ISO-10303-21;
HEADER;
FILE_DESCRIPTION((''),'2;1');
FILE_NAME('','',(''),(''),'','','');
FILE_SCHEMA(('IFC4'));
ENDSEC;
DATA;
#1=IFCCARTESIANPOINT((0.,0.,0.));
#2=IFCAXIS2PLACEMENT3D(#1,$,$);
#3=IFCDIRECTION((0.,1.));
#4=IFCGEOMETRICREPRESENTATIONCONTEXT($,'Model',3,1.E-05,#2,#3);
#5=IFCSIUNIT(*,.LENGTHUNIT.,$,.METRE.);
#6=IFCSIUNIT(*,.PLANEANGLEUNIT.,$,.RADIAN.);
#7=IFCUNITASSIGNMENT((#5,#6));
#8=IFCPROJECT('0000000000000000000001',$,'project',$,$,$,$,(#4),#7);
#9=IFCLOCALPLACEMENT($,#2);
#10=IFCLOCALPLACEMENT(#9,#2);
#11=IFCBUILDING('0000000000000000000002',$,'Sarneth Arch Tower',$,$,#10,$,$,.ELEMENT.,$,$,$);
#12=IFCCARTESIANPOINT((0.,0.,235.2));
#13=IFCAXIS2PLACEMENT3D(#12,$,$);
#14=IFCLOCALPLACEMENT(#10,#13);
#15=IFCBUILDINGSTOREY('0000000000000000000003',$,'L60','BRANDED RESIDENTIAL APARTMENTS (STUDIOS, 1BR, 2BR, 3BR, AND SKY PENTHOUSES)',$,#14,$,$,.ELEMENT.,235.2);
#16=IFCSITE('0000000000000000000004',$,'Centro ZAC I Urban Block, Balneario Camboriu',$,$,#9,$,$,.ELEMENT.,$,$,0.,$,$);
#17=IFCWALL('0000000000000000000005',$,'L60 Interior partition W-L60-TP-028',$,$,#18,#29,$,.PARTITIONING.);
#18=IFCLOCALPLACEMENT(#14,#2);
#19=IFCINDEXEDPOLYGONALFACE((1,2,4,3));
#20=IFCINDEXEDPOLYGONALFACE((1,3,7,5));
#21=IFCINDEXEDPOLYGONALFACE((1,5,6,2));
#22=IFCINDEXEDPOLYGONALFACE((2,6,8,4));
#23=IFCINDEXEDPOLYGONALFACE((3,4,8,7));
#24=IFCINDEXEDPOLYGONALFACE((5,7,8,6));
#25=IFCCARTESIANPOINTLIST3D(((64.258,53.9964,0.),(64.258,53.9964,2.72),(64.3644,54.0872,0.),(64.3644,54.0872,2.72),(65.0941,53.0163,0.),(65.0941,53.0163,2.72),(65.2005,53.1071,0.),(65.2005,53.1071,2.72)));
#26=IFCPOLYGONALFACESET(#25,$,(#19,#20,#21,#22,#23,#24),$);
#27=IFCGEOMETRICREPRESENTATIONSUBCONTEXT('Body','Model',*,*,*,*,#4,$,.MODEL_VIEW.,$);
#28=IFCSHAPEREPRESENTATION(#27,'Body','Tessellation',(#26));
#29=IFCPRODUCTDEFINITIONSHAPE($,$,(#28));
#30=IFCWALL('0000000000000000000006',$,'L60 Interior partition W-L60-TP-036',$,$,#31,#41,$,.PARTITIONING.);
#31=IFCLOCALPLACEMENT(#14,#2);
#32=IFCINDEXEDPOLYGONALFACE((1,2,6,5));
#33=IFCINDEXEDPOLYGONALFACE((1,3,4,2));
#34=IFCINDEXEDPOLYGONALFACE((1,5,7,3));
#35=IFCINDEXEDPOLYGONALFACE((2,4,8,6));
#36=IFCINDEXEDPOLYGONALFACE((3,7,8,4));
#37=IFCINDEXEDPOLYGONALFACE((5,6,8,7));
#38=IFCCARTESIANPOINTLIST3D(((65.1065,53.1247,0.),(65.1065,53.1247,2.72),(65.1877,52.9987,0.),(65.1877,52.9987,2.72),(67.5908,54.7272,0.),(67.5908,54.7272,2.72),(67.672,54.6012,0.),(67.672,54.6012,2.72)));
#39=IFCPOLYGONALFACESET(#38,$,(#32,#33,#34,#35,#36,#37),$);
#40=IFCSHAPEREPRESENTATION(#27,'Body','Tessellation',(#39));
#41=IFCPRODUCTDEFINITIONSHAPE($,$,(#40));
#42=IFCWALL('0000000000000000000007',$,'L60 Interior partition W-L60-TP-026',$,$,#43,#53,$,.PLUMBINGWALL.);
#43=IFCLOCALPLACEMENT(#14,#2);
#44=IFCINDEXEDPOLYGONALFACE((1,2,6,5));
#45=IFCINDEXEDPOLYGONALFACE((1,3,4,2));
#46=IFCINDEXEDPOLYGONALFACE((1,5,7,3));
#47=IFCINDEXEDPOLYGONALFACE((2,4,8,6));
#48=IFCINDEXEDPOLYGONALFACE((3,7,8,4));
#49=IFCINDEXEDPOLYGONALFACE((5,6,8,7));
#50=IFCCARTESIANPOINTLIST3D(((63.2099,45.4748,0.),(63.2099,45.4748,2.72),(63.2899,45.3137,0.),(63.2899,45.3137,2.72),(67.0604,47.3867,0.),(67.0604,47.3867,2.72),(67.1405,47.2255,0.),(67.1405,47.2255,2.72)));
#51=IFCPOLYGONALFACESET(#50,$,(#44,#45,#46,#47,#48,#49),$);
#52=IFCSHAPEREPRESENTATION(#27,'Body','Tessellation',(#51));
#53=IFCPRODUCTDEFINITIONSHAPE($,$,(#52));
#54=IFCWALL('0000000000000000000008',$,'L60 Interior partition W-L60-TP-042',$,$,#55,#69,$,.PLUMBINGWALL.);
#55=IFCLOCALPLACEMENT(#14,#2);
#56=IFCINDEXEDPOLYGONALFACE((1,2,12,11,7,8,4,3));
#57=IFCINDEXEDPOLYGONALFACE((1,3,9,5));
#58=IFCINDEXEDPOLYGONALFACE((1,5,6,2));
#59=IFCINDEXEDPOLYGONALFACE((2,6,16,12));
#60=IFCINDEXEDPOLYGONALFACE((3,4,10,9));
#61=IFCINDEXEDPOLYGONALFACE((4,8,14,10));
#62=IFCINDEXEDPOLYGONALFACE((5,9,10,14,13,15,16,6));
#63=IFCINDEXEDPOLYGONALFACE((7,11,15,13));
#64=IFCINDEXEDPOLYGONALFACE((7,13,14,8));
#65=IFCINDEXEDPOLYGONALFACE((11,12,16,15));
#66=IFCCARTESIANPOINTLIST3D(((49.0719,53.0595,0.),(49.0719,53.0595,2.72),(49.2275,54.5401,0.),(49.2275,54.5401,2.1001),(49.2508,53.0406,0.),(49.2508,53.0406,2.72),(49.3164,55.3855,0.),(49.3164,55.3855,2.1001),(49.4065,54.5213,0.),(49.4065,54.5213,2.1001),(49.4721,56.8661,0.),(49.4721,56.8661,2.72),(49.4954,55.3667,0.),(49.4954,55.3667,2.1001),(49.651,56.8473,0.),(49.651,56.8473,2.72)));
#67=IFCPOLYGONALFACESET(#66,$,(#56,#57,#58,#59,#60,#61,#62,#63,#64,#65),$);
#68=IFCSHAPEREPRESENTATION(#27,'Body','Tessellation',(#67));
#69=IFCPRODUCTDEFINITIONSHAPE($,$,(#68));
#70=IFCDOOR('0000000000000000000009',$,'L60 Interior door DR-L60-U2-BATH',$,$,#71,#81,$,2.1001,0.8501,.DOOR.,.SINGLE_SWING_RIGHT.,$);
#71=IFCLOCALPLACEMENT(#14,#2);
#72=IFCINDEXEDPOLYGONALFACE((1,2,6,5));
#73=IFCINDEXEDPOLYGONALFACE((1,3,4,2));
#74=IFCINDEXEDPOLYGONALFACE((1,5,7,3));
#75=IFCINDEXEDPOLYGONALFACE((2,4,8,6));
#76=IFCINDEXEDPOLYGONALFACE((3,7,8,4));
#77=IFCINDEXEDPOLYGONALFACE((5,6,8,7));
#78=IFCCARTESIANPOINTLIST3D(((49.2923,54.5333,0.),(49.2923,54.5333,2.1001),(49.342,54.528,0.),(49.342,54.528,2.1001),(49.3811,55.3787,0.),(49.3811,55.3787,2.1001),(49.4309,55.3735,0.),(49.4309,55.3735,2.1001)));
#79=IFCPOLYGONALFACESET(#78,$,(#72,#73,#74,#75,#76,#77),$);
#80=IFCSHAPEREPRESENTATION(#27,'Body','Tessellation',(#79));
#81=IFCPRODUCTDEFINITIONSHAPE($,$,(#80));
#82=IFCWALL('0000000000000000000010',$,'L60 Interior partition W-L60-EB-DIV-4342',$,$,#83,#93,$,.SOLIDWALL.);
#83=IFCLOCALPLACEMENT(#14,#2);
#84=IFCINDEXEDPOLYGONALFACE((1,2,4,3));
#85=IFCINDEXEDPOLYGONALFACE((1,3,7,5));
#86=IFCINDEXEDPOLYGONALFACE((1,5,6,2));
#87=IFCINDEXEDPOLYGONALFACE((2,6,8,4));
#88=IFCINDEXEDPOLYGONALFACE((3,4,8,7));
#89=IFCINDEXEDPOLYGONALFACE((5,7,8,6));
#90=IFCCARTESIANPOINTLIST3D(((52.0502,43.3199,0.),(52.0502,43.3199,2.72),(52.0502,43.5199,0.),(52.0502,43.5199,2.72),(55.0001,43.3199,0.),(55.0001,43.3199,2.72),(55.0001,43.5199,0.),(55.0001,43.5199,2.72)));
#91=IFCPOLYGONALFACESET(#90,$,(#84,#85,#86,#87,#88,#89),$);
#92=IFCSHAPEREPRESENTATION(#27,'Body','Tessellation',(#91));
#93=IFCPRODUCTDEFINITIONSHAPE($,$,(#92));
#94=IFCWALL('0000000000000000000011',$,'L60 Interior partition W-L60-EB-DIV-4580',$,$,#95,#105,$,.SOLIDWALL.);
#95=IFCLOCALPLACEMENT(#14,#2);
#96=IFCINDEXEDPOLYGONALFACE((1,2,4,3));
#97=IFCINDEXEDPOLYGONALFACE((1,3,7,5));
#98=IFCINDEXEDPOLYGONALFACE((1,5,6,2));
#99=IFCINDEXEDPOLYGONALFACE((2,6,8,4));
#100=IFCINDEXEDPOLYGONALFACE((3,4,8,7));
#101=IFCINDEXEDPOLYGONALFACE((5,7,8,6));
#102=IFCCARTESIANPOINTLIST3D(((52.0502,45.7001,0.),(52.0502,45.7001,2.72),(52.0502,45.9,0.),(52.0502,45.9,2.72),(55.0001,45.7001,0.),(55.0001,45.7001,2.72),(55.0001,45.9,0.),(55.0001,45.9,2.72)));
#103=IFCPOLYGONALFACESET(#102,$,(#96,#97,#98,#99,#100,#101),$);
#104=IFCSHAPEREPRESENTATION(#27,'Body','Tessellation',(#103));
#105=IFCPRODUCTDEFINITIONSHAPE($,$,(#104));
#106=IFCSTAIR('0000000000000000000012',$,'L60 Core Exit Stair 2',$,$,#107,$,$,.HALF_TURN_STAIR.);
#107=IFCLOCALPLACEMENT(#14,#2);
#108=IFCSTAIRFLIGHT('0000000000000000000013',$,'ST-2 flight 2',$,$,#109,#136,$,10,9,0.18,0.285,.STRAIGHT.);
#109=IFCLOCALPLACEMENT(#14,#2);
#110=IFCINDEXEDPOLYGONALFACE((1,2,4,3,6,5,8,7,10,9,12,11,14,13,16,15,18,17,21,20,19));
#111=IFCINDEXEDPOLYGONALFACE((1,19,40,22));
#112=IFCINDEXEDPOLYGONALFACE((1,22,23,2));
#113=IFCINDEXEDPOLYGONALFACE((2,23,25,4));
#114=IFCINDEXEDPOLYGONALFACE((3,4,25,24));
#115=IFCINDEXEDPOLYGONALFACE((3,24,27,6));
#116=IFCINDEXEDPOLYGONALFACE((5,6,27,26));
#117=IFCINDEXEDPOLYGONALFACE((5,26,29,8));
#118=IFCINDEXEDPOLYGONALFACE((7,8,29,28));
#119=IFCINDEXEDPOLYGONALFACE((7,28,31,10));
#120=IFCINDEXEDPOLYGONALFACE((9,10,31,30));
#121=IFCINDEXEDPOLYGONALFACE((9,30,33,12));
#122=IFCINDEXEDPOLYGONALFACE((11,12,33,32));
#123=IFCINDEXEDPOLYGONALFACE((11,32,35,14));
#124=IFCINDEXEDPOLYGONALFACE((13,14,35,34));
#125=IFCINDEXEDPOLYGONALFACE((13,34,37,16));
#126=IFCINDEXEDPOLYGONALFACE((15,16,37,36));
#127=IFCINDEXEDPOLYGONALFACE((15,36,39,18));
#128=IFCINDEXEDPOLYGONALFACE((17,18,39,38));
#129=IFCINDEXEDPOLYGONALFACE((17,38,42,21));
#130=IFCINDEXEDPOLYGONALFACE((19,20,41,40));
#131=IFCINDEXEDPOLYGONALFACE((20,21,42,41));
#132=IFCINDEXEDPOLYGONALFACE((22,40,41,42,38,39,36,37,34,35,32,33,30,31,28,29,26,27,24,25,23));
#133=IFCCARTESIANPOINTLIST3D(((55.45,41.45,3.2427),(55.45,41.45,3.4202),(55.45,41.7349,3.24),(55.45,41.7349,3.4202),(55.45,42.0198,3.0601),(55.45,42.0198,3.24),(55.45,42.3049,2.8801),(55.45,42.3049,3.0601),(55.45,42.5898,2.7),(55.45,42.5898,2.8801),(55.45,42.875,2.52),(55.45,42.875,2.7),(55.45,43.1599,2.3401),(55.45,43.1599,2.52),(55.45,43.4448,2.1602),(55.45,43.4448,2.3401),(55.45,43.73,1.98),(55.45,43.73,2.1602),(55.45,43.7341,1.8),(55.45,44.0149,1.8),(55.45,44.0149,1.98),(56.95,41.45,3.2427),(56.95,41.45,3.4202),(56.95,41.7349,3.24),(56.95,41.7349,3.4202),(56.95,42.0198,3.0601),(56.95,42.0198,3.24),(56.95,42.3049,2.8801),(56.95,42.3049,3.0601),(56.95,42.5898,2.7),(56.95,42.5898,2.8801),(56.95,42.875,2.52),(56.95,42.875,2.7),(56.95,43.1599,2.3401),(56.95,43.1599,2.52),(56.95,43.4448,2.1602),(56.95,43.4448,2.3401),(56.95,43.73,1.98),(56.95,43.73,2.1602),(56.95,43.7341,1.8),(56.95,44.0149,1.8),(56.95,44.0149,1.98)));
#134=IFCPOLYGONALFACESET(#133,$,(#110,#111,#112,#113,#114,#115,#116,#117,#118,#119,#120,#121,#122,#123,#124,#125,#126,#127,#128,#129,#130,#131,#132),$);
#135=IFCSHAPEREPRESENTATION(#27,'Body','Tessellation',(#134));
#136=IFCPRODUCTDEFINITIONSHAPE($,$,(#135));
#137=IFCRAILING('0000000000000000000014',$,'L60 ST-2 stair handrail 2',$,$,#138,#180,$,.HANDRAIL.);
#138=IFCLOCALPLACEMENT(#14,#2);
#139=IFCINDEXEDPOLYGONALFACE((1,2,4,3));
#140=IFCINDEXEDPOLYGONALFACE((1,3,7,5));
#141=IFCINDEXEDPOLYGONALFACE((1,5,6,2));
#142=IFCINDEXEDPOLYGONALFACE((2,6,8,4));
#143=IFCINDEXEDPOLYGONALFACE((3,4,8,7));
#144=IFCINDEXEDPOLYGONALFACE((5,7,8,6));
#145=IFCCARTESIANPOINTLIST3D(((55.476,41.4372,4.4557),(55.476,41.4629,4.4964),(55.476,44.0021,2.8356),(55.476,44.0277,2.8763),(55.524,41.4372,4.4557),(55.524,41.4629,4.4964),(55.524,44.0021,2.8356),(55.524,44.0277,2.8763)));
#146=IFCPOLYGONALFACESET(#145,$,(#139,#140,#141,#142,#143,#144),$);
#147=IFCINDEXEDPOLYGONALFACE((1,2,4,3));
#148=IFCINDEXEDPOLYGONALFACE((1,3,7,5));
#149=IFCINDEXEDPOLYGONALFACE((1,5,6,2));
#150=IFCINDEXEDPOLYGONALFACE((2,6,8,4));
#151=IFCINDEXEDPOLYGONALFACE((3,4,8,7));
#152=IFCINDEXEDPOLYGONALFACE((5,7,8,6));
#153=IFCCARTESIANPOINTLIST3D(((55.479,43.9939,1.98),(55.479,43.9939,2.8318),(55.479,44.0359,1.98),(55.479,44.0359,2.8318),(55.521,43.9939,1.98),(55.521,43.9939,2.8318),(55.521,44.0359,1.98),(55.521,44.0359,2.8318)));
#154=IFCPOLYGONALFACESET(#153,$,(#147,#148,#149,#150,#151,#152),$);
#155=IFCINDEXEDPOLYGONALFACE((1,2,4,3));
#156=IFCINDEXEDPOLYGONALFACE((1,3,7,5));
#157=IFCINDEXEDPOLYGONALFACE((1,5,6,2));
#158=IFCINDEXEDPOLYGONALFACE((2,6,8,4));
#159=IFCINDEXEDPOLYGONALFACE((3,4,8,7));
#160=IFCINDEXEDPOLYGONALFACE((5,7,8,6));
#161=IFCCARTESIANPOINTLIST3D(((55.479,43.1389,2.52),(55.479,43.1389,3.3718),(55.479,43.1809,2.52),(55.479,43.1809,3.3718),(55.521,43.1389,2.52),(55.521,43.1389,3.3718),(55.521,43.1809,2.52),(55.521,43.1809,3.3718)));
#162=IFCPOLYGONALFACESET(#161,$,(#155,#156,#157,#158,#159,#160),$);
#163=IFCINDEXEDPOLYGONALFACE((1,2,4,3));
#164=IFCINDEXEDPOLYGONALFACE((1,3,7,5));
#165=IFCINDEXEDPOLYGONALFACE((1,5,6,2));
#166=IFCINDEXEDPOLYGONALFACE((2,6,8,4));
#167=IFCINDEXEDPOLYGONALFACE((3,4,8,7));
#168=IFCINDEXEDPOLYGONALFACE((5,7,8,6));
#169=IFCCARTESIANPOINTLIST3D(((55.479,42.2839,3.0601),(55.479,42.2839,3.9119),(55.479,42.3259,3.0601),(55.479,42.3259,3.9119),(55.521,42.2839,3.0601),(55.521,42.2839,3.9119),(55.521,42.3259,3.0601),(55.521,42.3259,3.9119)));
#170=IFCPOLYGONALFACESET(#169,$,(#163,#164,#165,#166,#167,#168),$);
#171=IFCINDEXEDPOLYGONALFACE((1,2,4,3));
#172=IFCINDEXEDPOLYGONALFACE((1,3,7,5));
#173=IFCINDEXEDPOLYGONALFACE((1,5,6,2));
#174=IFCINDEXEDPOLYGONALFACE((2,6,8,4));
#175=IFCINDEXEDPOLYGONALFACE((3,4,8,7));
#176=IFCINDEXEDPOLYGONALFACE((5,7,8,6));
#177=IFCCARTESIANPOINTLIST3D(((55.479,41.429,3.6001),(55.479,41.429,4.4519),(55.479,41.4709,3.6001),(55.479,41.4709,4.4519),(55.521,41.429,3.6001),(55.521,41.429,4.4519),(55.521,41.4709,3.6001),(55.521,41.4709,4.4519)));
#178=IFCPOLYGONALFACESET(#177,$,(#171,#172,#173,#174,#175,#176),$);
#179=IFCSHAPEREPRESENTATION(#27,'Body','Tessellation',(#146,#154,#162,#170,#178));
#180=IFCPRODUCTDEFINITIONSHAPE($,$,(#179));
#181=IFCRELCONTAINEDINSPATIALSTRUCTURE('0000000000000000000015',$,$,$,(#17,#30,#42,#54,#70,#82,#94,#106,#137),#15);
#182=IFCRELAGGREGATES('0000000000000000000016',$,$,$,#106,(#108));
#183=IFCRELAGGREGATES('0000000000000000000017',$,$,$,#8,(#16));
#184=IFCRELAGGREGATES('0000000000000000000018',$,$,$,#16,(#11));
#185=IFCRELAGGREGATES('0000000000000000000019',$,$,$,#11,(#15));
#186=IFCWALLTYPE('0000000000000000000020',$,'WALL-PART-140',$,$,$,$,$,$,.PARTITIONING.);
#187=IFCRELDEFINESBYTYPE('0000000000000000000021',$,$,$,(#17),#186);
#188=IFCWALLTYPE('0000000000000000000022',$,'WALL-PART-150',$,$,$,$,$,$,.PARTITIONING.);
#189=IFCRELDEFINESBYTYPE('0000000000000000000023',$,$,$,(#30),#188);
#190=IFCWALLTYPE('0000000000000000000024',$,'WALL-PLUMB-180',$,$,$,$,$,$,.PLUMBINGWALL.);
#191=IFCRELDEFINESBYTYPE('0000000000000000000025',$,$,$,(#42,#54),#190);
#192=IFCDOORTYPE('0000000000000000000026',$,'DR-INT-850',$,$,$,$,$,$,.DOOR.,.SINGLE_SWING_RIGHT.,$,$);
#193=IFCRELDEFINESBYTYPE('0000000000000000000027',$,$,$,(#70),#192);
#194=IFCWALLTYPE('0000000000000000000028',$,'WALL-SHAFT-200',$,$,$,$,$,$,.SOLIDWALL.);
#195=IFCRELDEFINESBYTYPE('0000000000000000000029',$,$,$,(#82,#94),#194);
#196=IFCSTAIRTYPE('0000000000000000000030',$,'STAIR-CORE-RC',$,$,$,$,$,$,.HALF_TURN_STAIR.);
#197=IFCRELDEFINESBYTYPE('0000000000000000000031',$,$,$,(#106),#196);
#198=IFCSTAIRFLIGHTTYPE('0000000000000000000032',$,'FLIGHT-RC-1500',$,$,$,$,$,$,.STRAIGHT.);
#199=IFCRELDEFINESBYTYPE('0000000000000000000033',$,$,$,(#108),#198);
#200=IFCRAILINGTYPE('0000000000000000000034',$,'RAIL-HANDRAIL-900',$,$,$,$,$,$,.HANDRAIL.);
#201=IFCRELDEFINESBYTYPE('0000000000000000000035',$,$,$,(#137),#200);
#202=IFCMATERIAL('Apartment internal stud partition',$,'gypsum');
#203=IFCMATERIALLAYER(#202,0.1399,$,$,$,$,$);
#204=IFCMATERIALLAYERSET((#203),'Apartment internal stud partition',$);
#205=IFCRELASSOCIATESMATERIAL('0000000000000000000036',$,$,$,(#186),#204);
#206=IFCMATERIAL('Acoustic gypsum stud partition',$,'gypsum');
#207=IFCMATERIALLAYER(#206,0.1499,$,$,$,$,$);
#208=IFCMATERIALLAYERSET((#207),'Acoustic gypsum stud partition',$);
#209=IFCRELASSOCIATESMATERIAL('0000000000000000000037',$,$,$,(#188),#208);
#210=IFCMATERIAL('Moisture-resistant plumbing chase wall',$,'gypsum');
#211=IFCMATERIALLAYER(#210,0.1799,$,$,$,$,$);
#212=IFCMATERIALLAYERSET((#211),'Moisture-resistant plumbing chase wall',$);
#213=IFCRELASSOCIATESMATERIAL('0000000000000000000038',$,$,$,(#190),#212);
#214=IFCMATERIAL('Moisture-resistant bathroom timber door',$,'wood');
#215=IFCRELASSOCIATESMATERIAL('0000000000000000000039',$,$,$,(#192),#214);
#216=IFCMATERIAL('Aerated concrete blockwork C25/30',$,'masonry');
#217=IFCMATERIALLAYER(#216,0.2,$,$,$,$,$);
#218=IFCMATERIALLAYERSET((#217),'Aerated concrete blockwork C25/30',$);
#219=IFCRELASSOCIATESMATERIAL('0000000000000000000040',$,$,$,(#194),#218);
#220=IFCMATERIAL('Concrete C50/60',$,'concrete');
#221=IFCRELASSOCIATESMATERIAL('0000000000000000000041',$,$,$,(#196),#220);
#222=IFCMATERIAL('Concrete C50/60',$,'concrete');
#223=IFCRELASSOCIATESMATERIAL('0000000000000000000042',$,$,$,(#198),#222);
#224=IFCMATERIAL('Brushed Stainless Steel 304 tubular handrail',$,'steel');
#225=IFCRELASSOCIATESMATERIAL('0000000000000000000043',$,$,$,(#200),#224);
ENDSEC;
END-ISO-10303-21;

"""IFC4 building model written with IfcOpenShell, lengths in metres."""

from ifc_helpers import new_model, si_unit, direction, frame, frame_2d, origin, origin_2d, place, context, subcontext, project, spatial, polyline, rectangle, outline, extrude, material, layer, layer_set, type_object, element, fill, aggregate, save


model = new_model("IFC4")

# Units and contexts
model_context = context("Model", 3, precision=1e-05, world=origin(), true_north=direction((0.0, 1.0)))
body_context = subcontext(model_context, "Body", "Model", "MODEL_VIEW")
ifc_project = project(units=[si_unit("LENGTHUNIT", "METRE"), si_unit("PLANEANGLEUNIT", "RADIAN")], contexts=[model_context])

# Site, building, storey
site_placement = place(None, origin())
site = spatial("IfcSite", under=ifc_project, at=site_placement, Name="Centro ZAC I Urban Block, Balneario Camboriu", CompositionType="ELEMENT", RefElevation=0.0)
building_placement = place(site_placement, origin())
building = spatial("IfcBuilding", under=site, at=building_placement, Name="Sarneth Arch Tower", CompositionType="ELEMENT")
storey_placement = place(building_placement, frame((0.0, 0.0, 235.2)))
storey = spatial("IfcBuildingStorey", under=building, at=storey_placement, Name="L60", Description="BRANDED RESIDENTIAL APARTMENTS (STUDIOS, 1BR, 2BR, 3BR, AND SKY PENTHOUSES)", CompositionType="ELEMENT", Elevation=235.2)

# Walls
ifc_material_1 = material(Name="Apartment internal stud partition", Category="gypsum")
ifc_layer_1 = layer(ifc_material_1, 0.1399)
ifc_layer_set_1 = layer_set([ifc_layer_1], Name="Apartment internal stud partition")
wall_type_1 = type_object("IfcWallType", Name="WALL-PART-140", PredefinedType="PARTITIONING", material=ifc_layer_set_1)
wall_1_placement = place(storey_placement, frame((65.1472, 53.0618, 0.0), z_axis=(0.0, 0.0, 1.0), x_axis=(-0.648995, 0.760793, 0.0)))
element("IfcWall", 1, at=wall_1_placement, inside=storey, type_object=wall_type_1, Name="L60 Interior partition W-L60-TP-028", PredefinedType="PARTITIONING", context=body_context, shape_type="SweptSolid", body=[
    extrude(rectangle(XDim=1.2883, YDim=0.1399, at=frame_2d((0.644, 0.0))), origin(), (0.0, 0.0, 1.0), 2.72),
])
ifc_material_2 = material(Name="Acoustic gypsum stud partition", Category="gypsum")
ifc_layer_2 = layer(ifc_material_2, 0.1499)
ifc_layer_set_2 = layer_set([ifc_layer_2], Name="Acoustic gypsum stud partition")
wall_type_2 = type_object("IfcWallType", Name="WALL-PART-150", PredefinedType="PARTITIONING", material=ifc_layer_set_2)
wall_2_placement = place(storey_placement, frame((65.1472, 53.0618, 0.0), z_axis=(0.0, 0.0, 1.0), x_axis=(0.84034, 0.542059, 0.0)))
element("IfcWall", 2, at=wall_2_placement, inside=storey, type_object=wall_type_2, Name="L60 Interior partition W-L60-TP-036", PredefinedType="PARTITIONING", context=body_context, shape_type="SweptSolid", body=[
    extrude(rectangle(XDim=2.9563, YDim=0.1499, at=frame_2d((1.478, 0.0))), origin(), (0.0, 0.0, 1.0), 2.72),
])
ifc_material_3 = material(Name="Moisture-resistant plumbing chase wall", Category="gypsum")
ifc_layer_3 = layer(ifc_material_3, 0.1799)
ifc_layer_set_3 = layer_set([ifc_layer_3], Name="Moisture-resistant plumbing chase wall")
wall_type_3 = type_object("IfcWallType", Name="WALL-PLUMB-180", PredefinedType="PLUMBINGWALL", material=ifc_layer_set_3)
wall_3_placement = place(storey_placement, frame((63.25, 45.3943, 0.0), z_axis=(0.0, 0.0, 1.0), x_axis=(0.895673, 0.444713, 0.0)))
element("IfcWall", 3, at=wall_3_placement, inside=storey, type_object=wall_type_3, Name="L60 Interior partition W-L60-TP-026", PredefinedType="PLUMBINGWALL", context=body_context, shape_type="SweptSolid", body=[
    extrude(rectangle(XDim=4.2991, YDim=0.1799, at=frame_2d((2.1494, 0.0))), origin(), (0.0, 0.0, 1.0), 2.72),
])

# Wall, opening, door
wall_4_placement = place(storey_placement, frame((49.1614, 53.05, 0.0), z_axis=(0.0, 0.0, 1.0), x_axis=(0.104542, 0.99452, 0.0)))
wall_4 = element("IfcWall", 4, at=wall_4_placement, inside=storey, type_object=wall_type_3, Name="L60 Interior partition W-L60-TP-042", PredefinedType="PLUMBINGWALL", context=body_context, shape_type="SweptSolid", body=[
    extrude(rectangle(XDim=3.8276, YDim=0.1799, at=frame_2d((1.9138, 0.0))), origin(), (0.0, 0.0, 1.0), 2.72),
])
opening_placement = place(wall_4_placement, frame((1.4888, 0.0, 0.0)))
opening = element("IfcOpeningElement", 5, at=opening_placement, cuts=wall_4, PredefinedType="OPENING", context=body_context, shape_type="SweptSolid", body=[
    extrude(rectangle(XDim=0.8501, YDim=2.1001, at=frame_2d((0.425, 1.05))), frame((0.0, 0.0999, 0.0), z_axis=(0.0, -1.0, 0.0), x_axis=(1.0, 0.0, 0.0)), (0.0, 0.0, 1.0), 0.2),
])
ifc_material_4 = material(Name="Moisture-resistant bathroom timber door", Category="wood")
door_type = type_object("IfcDoorType", Name="DR-INT-850", OperationType="SINGLE_SWING_RIGHT", PredefinedType="DOOR", material=ifc_material_4)
door_placement = place(opening_placement, origin())
door = element("IfcDoor", 6, at=door_placement, inside=storey, type_object=door_type, Name="L60 Interior door DR-L60-U2-BATH", OperationType="SINGLE_SWING_RIGHT", OverallHeight=2.1001, OverallWidth=0.8501, PredefinedType="DOOR", context=body_context, shape_type="SweptSolid", body=[
    extrude(rectangle(XDim=0.8501, YDim=2.1001, at=frame_2d((0.425, 1.05))), frame((0.0, 0.0249, 0.0), z_axis=(0.0, -1.0, 0.0), x_axis=(1.0, 0.0, 0.0)), (0.0, 0.0, 1.0), 0.05),
])
fill(opening, door)

# Walls
ifc_material_5 = material(Name="Aerated concrete blockwork C25/30", Category="masonry")
ifc_layer_4 = layer(ifc_material_5, 0.2)
ifc_layer_set_4 = layer_set([ifc_layer_4], Name="Aerated concrete blockwork C25/30")
wall_type_4 = type_object("IfcWallType", Name="WALL-SHAFT-200", PredefinedType="SOLIDWALL", material=ifc_layer_set_4)
for number, where, z_axis, x_axis, name in (
    (7, (52.05, 43.4199, 0.0), (0.0, 0.0, 1.0), (1.0, 0.0, 0.0), "L60 Interior partition W-L60-EB-DIV-4342"),
    (8, (52.05, 45.8, 0.0), (0.0, 0.0, 1.0), (1.0, 0.0, 0.0), "L60 Interior partition W-L60-EB-DIV-4580"),
):
    element("IfcWall", number, at=place(storey_placement, frame(where, z_axis=z_axis, x_axis=x_axis)), inside=storey, type_object=wall_type_4, Name=name, PredefinedType="SOLIDWALL", context=body_context, shape_type="SweptSolid", body=[
        extrude(rectangle(XDim=2.95, YDim=0.2, at=frame_2d((1.4751, 0.0))), origin(), (0.0, 0.0, 1.0), 2.72),
    ])

# Stair, stair flight
ifc_material_6 = material(Name="Concrete C50/60", Category="concrete")
stair_type = type_object("IfcStairType", Name="STAIR-CORE-RC", PredefinedType="HALF_TURN_STAIR", material=ifc_material_6)
stair_placement = place(storey_placement, origin())
stair = element("IfcStair", 9, at=stair_placement, inside=storey, type_object=stair_type, Name="L60 Core Exit Stair 2", PredefinedType="HALF_TURN_STAIR")
ifc_material_7 = material(Name="Concrete C50/60", Category="concrete")
stair_flight_type = type_object("IfcStairFlightType", Name="FLIGHT-RC-1500", PredefinedType="STRAIGHT", material=ifc_material_7)
stair_flight_placement = place(storey_placement, frame((56.2, 44.0149, 1.8), z_axis=(0.0, 0.0, 1.0), x_axis=(0.0, -1.0, 0.0)))
stair_flight = element("IfcStairFlight", 10, at=stair_flight_placement, type_object=stair_flight_type, Name="ST-2 flight 2", NumberOfRisers=10, NumberOfTreads=9, PredefinedType="STRAIGHT", RiserHeight=0.18, TreadLength=0.285, context=body_context, shape_type="SweptSolid", body=[
    extrude(outline(polyline([(0.0, 0.0), (0.0, 0.1799), (0.2849, 0.1799), (0.2849, 0.3601), (0.5701, 0.3601), (0.5701, 0.54), (0.855, 0.54), (0.855, 0.72), (1.1399, 0.72), (1.1399, 0.8999), (1.425, 0.8999), (1.425, 1.0801), (1.71, 1.0801), (1.71, 1.26), (1.9951, 1.26), (1.9951, 1.4399), (2.28, 1.4399), (2.28, 1.6201), (2.5649, 1.6201), (2.5649, 1.8), (2.5649, 1.4426), (0.2808, 0.0), (0.0, 0.0)])), frame((0.0, 0.75, 0.0), z_axis=(0.0, -1.0, 0.0), x_axis=(1.0, 0.0, 0.0)), (0.0, 0.0, 1.0), 1.5),
])
aggregate(stair, [stair_flight])

# Railing
ifc_material_8 = material(Name="Brushed Stainless Steel 304 tubular handrail", Category="steel")
railing_type_1 = type_object("IfcRailingType", Name="RAIL-HANDRAIL-900", PredefinedType="HANDRAIL", material=ifc_material_8)
railing_1_placement = place(storey_placement, frame((55.5, 44.0149, 1.98)))
element("IfcRailing", 11, at=railing_1_placement, inside=storey, type_object=railing_type_1, Name="L60 ST-2 stair handrail 2", PredefinedType="HANDRAIL", context=body_context, shape_type="SweptSolid", body=[
    extrude(rectangle(XDim=0.0481, YDim=0.0481, at=origin_2d()), frame((0.0, 0.0, 0.876), z_axis=(0.0, -0.845466, 0.534029), x_axis=(1.0, 0.0, 0.0)), (0.0, 0.0, 1.0), 3.0337),
    extrude(rectangle(XDim=0.042, YDim=0.042, at=origin_2d()), origin(), (0.0, 0.0, 1.0), 0.8518),
    extrude(rectangle(XDim=0.042, YDim=0.042, at=origin_2d()), frame((0.0, -0.855, 0.54)), (0.0, 0.0, 1.0), 0.8518),
    extrude(rectangle(XDim=0.042, YDim=0.042, at=origin_2d()), frame((0.0, -1.71, 1.0801)), (0.0, 0.0, 1.0), 0.8518),
    extrude(rectangle(XDim=0.042, YDim=0.042, at=origin_2d()), frame((0.0, -2.5649, 1.6201)), (0.0, 0.0, 1.0), 0.8518),
])

save(model, "model.ifc")
